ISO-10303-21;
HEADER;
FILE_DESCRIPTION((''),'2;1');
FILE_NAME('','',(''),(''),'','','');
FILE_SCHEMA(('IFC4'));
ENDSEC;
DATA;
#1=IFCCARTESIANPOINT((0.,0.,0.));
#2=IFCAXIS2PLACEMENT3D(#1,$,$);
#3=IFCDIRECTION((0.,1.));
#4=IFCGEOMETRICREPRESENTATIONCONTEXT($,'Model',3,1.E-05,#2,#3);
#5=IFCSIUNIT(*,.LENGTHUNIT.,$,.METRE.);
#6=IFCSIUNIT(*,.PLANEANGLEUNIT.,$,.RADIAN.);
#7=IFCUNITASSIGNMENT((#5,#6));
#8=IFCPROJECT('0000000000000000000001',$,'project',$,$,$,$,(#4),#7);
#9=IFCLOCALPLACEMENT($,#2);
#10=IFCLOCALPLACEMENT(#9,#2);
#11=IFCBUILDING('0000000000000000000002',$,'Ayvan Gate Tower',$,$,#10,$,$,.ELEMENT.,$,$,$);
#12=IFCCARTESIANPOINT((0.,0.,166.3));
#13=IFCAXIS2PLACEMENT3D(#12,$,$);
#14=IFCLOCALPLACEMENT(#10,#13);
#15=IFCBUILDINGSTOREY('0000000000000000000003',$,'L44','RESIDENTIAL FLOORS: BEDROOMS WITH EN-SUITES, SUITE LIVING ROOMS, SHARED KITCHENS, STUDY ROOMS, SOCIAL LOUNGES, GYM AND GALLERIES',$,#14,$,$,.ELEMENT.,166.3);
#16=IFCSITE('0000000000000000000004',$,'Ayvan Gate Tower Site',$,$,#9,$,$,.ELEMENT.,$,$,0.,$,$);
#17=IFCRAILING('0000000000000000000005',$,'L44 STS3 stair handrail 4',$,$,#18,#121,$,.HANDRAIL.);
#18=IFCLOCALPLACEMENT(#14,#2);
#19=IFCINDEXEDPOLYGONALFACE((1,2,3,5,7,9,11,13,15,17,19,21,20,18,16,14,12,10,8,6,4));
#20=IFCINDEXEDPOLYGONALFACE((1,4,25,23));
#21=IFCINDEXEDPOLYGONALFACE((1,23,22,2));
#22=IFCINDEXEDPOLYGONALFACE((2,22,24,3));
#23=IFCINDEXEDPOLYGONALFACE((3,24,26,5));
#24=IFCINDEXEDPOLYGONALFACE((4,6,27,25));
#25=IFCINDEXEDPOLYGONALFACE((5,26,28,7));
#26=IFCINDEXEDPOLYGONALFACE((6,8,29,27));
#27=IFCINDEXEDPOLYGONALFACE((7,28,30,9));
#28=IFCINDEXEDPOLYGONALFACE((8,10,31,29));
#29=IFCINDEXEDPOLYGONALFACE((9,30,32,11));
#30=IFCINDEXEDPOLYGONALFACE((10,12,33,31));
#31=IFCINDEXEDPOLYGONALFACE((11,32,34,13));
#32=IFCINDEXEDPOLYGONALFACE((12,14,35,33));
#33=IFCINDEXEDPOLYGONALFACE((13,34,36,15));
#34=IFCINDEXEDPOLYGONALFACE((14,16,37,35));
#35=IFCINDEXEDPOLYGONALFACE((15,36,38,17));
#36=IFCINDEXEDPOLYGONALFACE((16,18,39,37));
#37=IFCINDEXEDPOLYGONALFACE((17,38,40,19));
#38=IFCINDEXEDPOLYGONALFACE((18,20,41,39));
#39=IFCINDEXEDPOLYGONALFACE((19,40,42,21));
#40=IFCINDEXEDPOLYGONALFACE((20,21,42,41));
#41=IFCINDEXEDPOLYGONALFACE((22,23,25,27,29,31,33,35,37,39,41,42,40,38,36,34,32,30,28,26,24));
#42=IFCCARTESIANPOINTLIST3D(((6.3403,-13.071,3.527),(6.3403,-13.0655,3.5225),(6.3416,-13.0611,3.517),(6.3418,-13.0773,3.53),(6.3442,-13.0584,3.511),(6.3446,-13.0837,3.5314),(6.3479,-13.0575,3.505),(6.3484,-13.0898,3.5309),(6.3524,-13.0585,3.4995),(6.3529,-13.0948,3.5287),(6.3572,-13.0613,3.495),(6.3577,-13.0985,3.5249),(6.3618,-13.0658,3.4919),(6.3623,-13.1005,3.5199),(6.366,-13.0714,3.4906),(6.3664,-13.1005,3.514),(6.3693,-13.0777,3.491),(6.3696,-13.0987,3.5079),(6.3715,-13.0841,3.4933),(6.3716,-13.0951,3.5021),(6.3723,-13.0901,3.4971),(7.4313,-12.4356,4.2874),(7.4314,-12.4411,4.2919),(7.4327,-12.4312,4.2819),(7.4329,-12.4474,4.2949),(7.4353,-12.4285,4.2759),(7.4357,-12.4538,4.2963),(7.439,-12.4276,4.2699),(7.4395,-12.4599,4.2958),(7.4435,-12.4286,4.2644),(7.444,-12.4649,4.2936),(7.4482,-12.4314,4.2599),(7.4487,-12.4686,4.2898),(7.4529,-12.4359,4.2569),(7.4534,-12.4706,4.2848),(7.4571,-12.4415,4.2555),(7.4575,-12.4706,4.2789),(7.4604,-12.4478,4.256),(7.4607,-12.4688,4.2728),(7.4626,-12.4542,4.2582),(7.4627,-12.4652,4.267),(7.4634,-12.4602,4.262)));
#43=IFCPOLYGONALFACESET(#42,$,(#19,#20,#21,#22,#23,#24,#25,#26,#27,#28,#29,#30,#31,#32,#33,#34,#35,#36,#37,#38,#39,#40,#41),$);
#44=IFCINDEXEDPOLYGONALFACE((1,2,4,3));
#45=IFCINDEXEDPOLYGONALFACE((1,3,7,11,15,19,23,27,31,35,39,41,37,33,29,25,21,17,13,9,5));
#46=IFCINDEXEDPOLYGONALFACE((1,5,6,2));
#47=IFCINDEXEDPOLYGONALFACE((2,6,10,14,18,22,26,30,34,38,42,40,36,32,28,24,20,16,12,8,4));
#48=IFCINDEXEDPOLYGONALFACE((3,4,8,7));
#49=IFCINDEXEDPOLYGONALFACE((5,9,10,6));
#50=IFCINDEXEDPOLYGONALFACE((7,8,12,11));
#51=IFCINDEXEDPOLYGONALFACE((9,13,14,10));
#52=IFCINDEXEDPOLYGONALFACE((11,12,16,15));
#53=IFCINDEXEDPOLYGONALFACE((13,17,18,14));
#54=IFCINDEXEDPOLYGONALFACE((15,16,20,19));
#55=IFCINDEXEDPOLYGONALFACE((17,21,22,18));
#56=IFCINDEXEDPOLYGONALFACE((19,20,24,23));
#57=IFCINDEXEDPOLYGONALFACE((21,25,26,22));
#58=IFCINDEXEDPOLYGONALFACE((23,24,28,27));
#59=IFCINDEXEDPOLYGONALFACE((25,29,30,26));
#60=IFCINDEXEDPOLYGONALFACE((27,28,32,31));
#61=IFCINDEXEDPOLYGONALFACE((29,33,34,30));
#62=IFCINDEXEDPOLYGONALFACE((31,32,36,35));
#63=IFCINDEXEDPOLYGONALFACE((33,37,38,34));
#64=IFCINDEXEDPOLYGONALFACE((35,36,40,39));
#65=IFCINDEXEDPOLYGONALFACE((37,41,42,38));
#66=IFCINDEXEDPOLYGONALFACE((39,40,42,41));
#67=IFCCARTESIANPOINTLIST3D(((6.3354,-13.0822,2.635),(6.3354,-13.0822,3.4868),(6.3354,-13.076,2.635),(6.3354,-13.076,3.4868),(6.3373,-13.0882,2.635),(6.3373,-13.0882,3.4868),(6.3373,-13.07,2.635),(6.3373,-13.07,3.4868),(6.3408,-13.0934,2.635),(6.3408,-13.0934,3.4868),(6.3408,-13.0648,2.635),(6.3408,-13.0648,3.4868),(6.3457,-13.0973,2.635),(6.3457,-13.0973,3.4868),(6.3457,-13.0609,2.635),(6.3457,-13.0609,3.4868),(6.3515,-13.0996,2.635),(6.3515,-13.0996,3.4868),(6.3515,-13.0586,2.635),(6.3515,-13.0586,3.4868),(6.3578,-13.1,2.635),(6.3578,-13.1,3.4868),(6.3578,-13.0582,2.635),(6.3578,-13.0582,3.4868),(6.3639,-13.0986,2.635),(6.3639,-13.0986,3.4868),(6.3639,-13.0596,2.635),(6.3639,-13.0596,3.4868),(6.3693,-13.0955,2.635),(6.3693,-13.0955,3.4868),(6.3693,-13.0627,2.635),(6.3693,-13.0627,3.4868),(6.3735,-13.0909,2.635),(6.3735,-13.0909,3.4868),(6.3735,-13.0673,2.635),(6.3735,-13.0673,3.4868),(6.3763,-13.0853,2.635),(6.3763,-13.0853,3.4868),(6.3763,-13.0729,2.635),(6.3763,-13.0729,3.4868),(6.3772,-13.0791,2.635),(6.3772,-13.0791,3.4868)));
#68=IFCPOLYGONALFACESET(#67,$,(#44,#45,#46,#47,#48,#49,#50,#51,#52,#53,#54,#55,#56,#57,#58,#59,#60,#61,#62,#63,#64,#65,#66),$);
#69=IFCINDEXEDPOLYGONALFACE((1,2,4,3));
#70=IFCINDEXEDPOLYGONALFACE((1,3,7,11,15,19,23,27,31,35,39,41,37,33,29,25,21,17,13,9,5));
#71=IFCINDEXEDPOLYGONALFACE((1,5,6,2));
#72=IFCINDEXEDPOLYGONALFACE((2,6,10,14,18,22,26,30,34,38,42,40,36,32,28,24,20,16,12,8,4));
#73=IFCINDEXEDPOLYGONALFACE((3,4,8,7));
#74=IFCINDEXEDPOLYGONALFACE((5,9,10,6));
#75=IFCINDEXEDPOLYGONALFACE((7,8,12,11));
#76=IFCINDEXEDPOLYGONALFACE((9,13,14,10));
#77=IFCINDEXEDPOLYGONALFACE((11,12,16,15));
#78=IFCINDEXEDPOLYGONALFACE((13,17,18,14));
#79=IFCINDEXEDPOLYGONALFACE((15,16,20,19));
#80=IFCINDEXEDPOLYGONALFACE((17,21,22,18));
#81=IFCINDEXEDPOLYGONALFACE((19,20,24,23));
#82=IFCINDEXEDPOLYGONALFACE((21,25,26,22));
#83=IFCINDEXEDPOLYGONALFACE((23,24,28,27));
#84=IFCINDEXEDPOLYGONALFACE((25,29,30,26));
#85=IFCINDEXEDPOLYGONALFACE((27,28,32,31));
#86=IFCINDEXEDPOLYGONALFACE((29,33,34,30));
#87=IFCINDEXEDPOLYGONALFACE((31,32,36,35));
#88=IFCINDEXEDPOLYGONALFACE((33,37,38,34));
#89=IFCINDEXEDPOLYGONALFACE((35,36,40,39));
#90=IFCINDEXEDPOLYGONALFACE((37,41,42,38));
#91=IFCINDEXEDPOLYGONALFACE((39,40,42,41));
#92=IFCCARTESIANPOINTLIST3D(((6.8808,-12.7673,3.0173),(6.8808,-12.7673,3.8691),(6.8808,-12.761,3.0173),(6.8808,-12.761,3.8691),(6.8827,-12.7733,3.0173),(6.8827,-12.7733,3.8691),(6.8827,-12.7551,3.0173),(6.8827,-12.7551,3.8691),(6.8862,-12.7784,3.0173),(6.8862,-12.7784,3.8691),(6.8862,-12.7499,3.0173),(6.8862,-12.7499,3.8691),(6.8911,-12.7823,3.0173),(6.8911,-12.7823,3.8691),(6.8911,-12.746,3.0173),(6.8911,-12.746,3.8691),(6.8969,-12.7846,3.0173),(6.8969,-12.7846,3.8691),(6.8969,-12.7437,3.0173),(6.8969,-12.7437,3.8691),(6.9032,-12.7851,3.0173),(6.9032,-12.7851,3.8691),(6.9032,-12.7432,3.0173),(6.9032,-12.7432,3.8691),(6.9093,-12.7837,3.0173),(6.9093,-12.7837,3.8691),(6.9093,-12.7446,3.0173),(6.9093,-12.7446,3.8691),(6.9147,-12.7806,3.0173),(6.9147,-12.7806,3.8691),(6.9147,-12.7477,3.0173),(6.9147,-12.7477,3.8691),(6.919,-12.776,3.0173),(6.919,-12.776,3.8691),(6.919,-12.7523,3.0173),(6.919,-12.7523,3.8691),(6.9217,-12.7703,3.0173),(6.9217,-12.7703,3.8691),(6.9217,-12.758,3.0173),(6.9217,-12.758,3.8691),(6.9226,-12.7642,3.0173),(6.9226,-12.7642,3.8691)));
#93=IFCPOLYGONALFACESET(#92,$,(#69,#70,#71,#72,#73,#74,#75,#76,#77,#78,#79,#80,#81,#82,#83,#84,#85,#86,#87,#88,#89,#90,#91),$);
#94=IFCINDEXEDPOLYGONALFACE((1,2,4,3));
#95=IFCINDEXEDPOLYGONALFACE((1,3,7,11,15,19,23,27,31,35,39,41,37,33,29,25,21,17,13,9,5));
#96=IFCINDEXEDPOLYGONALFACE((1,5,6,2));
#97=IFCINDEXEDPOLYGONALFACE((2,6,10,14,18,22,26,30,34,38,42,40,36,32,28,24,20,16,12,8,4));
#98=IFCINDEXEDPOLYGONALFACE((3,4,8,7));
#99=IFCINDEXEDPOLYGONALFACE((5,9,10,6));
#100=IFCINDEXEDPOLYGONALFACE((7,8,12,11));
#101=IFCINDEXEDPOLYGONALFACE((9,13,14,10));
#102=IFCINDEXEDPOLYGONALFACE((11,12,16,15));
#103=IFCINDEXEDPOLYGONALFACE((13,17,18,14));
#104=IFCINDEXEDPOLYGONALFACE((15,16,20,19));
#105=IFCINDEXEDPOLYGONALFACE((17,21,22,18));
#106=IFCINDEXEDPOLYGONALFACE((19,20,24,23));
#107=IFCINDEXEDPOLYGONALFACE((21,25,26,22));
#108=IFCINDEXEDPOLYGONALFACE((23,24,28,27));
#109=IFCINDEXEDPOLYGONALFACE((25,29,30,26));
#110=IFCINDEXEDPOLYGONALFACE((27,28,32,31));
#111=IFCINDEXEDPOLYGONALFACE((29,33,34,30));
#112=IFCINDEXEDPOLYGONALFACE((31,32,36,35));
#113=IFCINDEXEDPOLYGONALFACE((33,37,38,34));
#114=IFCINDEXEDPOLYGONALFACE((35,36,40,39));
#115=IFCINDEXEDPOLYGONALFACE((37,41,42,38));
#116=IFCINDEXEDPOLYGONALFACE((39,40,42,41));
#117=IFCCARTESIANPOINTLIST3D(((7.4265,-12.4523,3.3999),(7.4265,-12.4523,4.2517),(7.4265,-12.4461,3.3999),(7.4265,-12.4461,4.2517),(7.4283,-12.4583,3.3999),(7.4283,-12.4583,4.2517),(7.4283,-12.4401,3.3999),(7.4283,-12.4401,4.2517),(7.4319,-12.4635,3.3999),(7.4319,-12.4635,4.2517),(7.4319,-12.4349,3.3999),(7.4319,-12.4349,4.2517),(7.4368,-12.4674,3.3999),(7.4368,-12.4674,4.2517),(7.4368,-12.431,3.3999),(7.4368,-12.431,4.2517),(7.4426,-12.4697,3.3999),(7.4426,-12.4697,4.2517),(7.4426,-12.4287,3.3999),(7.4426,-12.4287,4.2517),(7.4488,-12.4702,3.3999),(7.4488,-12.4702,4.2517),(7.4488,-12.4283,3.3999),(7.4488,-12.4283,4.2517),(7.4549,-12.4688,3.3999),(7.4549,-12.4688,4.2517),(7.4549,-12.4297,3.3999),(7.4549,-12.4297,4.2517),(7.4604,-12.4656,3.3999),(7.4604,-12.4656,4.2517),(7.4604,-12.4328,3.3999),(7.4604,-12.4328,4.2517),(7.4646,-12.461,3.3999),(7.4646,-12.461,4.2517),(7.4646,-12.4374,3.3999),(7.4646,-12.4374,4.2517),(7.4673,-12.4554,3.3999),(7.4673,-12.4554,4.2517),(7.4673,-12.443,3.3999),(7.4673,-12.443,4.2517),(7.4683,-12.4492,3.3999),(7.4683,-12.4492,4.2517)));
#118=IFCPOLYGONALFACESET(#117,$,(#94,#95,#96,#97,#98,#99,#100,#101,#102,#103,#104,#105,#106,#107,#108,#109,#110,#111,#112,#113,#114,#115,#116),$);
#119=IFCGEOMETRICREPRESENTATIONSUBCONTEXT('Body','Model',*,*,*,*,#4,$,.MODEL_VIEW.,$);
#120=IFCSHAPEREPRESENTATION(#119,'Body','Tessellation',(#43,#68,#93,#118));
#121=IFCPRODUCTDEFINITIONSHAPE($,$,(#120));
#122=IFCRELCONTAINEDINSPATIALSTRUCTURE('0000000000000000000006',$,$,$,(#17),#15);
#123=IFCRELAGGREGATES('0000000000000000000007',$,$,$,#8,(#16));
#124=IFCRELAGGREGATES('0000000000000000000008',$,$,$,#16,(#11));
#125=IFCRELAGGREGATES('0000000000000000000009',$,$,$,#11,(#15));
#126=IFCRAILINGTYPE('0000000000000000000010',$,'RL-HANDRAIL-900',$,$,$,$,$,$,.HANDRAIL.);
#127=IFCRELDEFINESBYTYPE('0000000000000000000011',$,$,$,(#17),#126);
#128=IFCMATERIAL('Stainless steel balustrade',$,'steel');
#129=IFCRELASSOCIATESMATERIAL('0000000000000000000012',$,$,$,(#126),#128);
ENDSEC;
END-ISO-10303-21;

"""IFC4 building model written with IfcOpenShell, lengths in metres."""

from ifc_helpers import new_model, si_unit, direction, frame, origin, origin_2d, place, context, subcontext, project, spatial, circle, extrude, material, type_object, element, save


model = new_model("IFC4")

# Units and contexts
model_context = context("Model", 3, precision=1e-05, world=origin(), true_north=direction((0.0, 1.0)))
body_context = subcontext(model_context, "Body", "Model", "MODEL_VIEW")
ifc_project = project(units=[si_unit("LENGTHUNIT", "METRE"), si_unit("PLANEANGLEUNIT", "RADIAN")], contexts=[model_context])

# Site, building, storey
site_placement = place(None, origin())
site = spatial("IfcSite", under=ifc_project, at=site_placement, Name="Ayvan Gate Tower Site", CompositionType="ELEMENT", RefElevation=0.0)
building_placement = place(site_placement, origin())
building = spatial("IfcBuilding", under=site, at=building_placement, Name="Ayvan Gate Tower", CompositionType="ELEMENT")
storey_placement = place(building_placement, frame((0.0, 0.0, 166.3)))
storey = spatial("IfcBuildingStorey", under=building, at=storey_placement, Name="L44", Description="RESIDENTIAL FLOORS: BEDROOMS WITH EN-SUITES, SUITE LIVING ROOMS, SHARED KITCHENS, STUDY ROOMS, SOCIAL LOUNGES, GYM AND GALLERIES", CompositionType="ELEMENT", Elevation=166.3)

# Railing
ifc_material_1 = material(Name="Stainless steel balustrade", Category="steel")
railing_type_1 = type_object("IfcRailingType", Name="RL-HANDRAIL-900", PredefinedType="HANDRAIL", material=ifc_material_1)
railing_1_placement = place(storey_placement, frame((6.3562, -13.0791, 2.635)))
element("IfcRailing", 1, at=railing_1_placement, inside=storey, type_object=railing_type_1, Name="L44 STS3 stair handrail 4", PredefinedType="HANDRAIL", context=body_context, shape_type="SweptSolid", body=[
    extrude(circle(Radius=0.0239, at=origin_2d()), frame((0.0, 0.0, 0.876), z_axis=(0.740282, 0.427372, 0.518976), x_axis=(-0.499974, 0.86604, 0.0)), (0.0, 0.0, 1.0), 1.4739),
    extrude(circle(Radius=0.021, at=origin_2d()), origin(), (0.0, 0.0, 1.0), 0.8518),
    extrude(circle(Radius=0.021, at=origin_2d()), frame((0.5454, 0.3149, 0.3823)), (0.0, 0.0, 1.0), 0.8518),
    extrude(circle(Radius=0.021, at=origin_2d()), frame((1.0911, 0.6299, 0.7649)), (0.0, 0.0, 1.0), 0.8518),
])

save(model, "model.ifc")
